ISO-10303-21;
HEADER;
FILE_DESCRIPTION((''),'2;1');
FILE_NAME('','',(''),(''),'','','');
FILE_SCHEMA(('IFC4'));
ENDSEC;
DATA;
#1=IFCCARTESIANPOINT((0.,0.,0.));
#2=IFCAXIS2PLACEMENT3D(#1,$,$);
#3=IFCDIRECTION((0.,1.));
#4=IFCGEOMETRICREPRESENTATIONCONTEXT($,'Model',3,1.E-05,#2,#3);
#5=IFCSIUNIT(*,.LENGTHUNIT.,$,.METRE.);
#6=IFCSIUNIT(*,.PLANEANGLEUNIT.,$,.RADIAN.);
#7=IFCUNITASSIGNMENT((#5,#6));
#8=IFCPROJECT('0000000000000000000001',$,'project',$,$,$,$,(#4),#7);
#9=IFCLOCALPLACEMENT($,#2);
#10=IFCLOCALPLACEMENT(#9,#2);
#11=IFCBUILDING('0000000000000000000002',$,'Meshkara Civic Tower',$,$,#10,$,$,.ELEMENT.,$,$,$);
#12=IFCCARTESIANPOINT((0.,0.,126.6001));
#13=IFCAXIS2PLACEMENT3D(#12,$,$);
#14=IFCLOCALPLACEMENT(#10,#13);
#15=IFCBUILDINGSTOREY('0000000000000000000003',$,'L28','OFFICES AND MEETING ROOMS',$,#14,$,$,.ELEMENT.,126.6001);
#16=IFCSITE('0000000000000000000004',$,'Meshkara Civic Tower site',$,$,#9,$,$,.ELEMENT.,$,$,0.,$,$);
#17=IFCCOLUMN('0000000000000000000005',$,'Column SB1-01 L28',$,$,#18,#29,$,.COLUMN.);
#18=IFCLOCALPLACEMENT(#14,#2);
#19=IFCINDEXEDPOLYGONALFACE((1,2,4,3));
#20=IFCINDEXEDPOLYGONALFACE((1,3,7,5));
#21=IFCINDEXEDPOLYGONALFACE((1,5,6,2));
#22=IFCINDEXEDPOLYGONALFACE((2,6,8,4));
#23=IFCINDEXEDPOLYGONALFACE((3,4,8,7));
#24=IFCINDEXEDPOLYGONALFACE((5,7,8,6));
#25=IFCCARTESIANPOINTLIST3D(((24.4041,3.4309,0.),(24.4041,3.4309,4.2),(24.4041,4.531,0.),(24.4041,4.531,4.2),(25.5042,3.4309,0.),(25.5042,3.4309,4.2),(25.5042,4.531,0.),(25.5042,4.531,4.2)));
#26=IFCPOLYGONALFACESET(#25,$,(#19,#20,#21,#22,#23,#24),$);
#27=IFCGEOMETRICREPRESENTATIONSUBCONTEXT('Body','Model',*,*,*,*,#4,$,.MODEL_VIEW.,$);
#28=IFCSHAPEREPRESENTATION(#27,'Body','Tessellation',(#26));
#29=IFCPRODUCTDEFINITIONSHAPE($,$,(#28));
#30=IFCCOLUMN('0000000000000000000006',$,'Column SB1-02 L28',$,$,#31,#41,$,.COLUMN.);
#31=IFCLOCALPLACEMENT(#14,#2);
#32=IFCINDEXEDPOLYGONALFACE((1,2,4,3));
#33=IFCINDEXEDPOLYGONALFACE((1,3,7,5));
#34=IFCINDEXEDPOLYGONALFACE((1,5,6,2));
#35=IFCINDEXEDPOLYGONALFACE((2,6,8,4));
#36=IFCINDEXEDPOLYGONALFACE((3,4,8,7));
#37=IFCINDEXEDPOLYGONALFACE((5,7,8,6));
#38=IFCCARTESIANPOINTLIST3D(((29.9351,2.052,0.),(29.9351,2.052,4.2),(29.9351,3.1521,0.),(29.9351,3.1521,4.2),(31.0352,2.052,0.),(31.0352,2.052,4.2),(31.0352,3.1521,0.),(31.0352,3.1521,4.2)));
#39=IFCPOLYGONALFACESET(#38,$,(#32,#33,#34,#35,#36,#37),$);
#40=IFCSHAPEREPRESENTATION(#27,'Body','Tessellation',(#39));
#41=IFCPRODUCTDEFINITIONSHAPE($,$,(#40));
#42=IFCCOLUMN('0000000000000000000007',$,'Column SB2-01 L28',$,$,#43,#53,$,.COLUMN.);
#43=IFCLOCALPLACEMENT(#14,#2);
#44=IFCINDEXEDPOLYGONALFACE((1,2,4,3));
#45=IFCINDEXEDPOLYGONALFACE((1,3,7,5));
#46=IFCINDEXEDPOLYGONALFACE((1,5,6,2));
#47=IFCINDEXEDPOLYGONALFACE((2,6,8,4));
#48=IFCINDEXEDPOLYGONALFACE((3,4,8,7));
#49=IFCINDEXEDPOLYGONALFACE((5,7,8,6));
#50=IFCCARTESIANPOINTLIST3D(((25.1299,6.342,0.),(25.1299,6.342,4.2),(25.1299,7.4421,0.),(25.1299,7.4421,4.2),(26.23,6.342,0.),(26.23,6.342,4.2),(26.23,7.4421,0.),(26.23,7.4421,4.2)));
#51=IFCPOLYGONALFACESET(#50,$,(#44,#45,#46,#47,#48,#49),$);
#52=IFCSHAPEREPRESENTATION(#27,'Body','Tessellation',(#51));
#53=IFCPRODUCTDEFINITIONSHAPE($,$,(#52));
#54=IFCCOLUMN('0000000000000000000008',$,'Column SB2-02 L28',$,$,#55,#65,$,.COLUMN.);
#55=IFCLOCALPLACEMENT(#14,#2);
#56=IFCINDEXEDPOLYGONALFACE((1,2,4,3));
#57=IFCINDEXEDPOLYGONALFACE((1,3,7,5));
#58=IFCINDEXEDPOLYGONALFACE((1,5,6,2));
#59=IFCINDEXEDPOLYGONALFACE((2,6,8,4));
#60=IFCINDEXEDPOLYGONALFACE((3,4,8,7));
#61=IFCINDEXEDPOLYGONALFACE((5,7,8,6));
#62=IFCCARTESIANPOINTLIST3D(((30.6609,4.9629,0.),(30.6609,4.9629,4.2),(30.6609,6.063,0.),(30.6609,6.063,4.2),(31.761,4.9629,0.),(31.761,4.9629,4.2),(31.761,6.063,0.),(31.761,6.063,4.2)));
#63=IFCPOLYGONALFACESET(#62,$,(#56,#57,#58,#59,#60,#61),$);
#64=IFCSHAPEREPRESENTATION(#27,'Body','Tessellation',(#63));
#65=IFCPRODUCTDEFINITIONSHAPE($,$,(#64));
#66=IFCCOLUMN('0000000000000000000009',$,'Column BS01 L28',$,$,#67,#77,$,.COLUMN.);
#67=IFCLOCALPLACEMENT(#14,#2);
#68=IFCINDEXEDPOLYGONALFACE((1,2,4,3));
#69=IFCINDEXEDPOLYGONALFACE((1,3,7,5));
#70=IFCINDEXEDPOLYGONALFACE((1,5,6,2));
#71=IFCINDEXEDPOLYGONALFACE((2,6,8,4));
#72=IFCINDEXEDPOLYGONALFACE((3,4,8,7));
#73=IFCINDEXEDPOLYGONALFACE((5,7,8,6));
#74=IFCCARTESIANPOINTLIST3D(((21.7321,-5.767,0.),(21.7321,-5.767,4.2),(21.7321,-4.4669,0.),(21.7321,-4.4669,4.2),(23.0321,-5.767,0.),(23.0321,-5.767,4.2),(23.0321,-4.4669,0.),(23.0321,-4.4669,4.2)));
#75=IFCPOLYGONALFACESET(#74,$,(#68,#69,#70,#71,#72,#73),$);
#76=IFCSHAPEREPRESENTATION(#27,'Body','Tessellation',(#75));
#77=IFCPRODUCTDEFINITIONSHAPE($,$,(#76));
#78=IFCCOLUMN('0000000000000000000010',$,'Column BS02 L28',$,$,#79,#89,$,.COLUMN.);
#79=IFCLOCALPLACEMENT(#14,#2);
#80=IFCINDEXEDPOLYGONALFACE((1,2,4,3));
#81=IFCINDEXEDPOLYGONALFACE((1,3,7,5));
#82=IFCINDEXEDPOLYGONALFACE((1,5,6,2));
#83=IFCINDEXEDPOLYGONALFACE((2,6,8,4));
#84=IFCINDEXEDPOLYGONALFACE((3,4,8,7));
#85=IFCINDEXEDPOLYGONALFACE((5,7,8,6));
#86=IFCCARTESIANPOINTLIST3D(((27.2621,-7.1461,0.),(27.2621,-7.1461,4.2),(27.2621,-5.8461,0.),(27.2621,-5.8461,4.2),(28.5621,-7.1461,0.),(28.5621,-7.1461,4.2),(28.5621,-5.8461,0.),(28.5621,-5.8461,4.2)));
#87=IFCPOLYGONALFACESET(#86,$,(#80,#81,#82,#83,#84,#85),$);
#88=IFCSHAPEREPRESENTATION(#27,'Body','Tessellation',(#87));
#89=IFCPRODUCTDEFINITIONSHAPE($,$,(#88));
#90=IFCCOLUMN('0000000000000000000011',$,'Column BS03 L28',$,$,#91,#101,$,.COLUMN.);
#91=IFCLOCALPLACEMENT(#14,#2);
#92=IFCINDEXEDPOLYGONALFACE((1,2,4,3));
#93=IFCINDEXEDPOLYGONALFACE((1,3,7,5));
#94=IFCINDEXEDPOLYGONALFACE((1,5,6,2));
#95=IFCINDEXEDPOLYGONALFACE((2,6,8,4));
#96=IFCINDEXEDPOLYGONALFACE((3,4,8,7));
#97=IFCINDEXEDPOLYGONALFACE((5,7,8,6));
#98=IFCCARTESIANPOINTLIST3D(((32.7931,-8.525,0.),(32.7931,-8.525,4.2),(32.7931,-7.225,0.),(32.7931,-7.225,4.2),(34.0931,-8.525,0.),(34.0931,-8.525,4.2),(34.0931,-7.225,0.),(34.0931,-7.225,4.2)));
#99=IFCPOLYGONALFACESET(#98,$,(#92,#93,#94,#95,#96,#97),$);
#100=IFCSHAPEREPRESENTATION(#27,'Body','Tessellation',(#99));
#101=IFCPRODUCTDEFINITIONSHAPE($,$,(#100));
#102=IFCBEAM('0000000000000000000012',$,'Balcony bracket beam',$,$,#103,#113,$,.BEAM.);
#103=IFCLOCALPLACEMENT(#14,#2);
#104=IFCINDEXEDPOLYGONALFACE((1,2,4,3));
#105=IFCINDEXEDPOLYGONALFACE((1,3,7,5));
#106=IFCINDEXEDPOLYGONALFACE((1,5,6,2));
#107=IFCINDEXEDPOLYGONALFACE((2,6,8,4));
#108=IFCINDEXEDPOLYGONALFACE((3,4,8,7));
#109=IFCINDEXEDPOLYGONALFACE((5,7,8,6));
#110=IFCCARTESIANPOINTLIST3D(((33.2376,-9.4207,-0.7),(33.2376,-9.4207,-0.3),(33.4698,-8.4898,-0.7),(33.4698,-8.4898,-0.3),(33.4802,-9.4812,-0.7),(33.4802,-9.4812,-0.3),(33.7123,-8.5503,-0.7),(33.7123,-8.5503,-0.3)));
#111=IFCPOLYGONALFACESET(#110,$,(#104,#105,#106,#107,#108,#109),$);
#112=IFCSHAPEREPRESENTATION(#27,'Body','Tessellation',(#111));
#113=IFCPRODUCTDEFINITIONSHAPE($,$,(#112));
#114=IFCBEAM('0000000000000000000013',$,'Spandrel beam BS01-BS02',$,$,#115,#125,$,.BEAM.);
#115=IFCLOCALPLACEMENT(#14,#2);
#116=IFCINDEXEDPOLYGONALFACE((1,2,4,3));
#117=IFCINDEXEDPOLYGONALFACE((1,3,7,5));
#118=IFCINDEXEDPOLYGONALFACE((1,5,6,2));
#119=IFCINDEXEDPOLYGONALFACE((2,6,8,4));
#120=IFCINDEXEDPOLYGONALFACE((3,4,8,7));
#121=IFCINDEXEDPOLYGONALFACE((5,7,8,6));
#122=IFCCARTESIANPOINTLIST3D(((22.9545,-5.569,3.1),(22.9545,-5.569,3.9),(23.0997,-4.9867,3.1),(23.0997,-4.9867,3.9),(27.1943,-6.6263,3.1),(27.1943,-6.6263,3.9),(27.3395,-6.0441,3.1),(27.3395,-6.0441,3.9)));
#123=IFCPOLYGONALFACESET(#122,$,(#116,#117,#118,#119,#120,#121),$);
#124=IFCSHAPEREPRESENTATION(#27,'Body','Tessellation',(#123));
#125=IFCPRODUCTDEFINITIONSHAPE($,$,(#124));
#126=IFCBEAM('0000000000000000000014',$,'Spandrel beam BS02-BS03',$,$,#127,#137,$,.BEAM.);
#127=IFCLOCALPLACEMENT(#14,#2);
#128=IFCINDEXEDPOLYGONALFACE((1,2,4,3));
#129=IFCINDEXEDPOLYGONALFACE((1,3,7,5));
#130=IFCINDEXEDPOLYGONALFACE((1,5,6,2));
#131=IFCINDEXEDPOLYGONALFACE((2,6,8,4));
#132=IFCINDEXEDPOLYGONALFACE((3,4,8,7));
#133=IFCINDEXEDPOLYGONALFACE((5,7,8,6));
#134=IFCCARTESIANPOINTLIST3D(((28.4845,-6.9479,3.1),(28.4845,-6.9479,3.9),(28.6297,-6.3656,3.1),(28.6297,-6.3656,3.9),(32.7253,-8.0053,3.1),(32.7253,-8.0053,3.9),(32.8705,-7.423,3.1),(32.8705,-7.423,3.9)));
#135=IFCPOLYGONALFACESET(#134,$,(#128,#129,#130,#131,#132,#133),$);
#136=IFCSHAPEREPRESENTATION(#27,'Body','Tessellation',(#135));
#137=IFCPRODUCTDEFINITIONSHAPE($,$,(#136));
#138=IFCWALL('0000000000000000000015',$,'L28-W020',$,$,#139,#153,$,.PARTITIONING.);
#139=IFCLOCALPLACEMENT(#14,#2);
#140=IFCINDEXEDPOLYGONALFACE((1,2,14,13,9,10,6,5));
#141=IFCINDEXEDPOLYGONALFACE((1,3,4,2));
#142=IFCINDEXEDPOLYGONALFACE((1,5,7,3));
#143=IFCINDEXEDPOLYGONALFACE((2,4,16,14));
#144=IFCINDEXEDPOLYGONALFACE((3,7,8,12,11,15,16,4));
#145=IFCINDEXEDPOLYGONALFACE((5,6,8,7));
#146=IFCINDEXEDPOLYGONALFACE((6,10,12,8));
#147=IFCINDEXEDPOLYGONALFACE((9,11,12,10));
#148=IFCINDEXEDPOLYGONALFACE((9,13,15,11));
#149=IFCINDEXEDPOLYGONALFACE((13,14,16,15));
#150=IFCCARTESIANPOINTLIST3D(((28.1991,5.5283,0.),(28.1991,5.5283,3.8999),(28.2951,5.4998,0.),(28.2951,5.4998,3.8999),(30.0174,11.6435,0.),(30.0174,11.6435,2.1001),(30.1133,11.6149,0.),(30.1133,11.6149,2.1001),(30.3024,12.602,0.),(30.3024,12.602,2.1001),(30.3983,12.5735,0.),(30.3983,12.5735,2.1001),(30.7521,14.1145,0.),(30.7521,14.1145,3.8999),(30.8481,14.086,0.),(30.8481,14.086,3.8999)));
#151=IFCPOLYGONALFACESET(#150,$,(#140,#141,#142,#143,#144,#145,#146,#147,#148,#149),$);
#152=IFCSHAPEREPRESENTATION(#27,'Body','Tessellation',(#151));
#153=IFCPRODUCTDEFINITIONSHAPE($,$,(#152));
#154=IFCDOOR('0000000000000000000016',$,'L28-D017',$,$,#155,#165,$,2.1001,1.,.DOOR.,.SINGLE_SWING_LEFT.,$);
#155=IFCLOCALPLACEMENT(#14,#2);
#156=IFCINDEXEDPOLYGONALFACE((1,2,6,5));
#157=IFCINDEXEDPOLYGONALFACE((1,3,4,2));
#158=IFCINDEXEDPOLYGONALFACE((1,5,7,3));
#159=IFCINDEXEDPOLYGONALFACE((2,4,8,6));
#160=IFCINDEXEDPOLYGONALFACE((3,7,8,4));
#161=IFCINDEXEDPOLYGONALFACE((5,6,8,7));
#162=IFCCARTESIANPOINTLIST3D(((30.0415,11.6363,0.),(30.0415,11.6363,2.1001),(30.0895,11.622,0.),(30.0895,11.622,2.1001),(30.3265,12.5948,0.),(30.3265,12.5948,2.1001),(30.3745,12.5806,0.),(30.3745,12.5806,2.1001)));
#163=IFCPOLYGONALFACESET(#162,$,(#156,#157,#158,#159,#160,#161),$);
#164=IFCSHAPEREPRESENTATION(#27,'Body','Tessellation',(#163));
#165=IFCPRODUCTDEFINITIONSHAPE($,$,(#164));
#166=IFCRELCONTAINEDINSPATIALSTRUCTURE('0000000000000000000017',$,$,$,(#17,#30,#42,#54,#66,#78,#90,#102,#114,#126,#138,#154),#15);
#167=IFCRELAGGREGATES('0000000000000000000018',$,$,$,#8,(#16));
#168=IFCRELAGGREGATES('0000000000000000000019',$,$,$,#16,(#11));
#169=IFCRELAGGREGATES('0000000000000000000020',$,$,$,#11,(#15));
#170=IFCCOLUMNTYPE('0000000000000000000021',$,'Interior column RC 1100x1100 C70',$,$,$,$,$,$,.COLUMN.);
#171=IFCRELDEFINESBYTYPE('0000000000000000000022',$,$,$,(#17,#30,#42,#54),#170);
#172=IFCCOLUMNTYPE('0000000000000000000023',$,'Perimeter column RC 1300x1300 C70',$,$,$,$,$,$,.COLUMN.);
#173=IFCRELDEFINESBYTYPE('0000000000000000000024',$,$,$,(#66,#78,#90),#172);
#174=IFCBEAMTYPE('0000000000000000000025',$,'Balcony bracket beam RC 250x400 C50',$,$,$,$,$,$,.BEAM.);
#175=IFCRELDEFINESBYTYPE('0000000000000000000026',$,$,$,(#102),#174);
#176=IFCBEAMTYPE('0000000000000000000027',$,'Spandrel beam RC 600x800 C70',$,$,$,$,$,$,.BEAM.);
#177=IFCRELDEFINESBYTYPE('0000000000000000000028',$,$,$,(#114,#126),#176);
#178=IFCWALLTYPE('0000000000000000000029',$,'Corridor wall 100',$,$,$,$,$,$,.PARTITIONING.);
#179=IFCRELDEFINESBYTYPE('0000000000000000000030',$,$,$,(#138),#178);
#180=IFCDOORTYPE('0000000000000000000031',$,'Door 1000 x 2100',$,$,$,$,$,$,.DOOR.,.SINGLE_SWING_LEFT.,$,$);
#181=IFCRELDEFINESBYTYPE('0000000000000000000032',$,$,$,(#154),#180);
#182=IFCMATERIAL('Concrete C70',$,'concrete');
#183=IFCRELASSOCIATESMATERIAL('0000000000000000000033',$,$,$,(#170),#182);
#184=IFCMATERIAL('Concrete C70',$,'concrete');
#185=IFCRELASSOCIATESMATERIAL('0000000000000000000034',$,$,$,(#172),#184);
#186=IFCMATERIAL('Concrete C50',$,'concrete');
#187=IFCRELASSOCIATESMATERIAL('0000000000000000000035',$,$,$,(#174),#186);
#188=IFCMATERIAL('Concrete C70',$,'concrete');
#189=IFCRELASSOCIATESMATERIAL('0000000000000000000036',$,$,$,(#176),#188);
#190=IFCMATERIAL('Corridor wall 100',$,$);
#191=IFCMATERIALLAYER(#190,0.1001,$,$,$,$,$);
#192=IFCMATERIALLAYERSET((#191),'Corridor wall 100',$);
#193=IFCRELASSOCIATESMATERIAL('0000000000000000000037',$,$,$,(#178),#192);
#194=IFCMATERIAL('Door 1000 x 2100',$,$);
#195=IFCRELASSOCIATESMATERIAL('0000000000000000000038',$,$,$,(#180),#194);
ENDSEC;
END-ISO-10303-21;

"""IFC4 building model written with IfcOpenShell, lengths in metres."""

from ifc_helpers import new_model, si_unit, direction, frame, frame_2d, origin, origin_2d, place, context, subcontext, project, spatial, rectangle, extrude, material, layer, layer_set, material_profile, profile_set, type_object, element, fill, save


model = new_model("IFC4")

# Units and contexts
model_context = context("Model", 3, precision=1e-05, world=origin(), true_north=direction((0.0, 1.0)))
body_context = subcontext(model_context, "Body", "Model", "MODEL_VIEW")
ifc_project = project(units=[si_unit("LENGTHUNIT", "METRE"), si_unit("PLANEANGLEUNIT", "RADIAN")], contexts=[model_context])

# Site, building, storey
site_placement = place(None, origin())
site = spatial("IfcSite", under=ifc_project, at=site_placement, Name="Meshkara Civic Tower site", CompositionType="ELEMENT", RefElevation=0.0)
building_placement = place(site_placement, origin())
building = spatial("IfcBuilding", under=site, at=building_placement, Name="Meshkara Civic Tower", CompositionType="ELEMENT")
storey_placement = place(building_placement, frame((0.0, 0.0, 126.6001)))
storey = spatial("IfcBuildingStorey", under=building, at=storey_placement, Name="L28", Description="OFFICES AND MEETING ROOMS", CompositionType="ELEMENT", Elevation=126.6001)

# Columns
ifc_material_1 = material(Name="Concrete C70", Category="concrete")
ifc_material_profile_1 = material_profile(ifc_material_1, rectangle(XDim=1.1001, YDim=1.1001, at=origin_2d()))
ifc_profile_set_1 = profile_set([ifc_material_profile_1], Name="Concrete C70")
column_type_1 = type_object("IfcColumnType", Name="Interior column RC 1100x1100 C70", PredefinedType="COLUMN", material=ifc_profile_set_1)
for number, where, z_axis, x_axis, name in (
    (1, (24.9541, 3.981, 0.0), (0.0, 0.0, 1.0), (1.0, 0.0, 0.0), "Column SB1-01 L28"),
    (2, (30.4851, 2.6021, 0.0), (0.0, 0.0, 1.0), (1.0, 0.0, 0.0), "Column SB1-02 L28"),
    (3, (25.6799, 6.8921, 0.0), (0.0, 0.0, 1.0), (1.0, 0.0, 0.0), "Column SB2-01 L28"),
    (4, (31.2109, 5.5129, 0.0), (0.0, 0.0, 1.0), (1.0, 0.0, 0.0), "Column SB2-02 L28"),
):
    element("IfcColumn", number, at=place(storey_placement, frame(where, z_axis=z_axis, x_axis=x_axis)), inside=storey, type_object=column_type_1, Name=name, PredefinedType="COLUMN", context=body_context, shape_type="SweptSolid", body=[
        extrude(rectangle(XDim=1.1001, YDim=1.1001, at=origin_2d()), origin(), (0.0, 0.0, 1.0), 4.2),
    ])
ifc_material_2 = material(Name="Concrete C70", Category="concrete")
ifc_material_profile_2 = material_profile(ifc_material_2, rectangle(XDim=1.3, YDim=1.3, at=origin_2d()))
ifc_profile_set_2 = profile_set([ifc_material_profile_2], Name="Concrete C70")
column_type_2 = type_object("IfcColumnType", Name="Perimeter column RC 1300x1300 C70", PredefinedType="COLUMN", material=ifc_profile_set_2)
for number, where, z_axis, x_axis, name in (
    (5, (22.3821, -5.1169, 0.0), (0.0, 0.0, 1.0), (1.0, 0.0, 0.0), "Column BS01 L28"),
    (6, (27.9121, -6.4961, 0.0), (0.0, 0.0, 1.0), (1.0, 0.0, 0.0), "Column BS02 L28"),
    (7, (33.4431, -7.875, 0.0), (0.0, 0.0, 1.0), (1.0, 0.0, 0.0), "Column BS03 L28"),
):
    element("IfcColumn", number, at=place(storey_placement, frame(where, z_axis=z_axis, x_axis=x_axis)), inside=storey, type_object=column_type_2, Name=name, PredefinedType="COLUMN", context=body_context, shape_type="SweptSolid", body=[
        extrude(rectangle(XDim=1.3, YDim=1.3, at=origin_2d()), origin(), (0.0, 0.0, 1.0), 4.2),
    ])

# Beams
ifc_material_3 = material(Name="Concrete C50", Category="concrete")
ifc_material_profile_3 = material_profile(ifc_material_3, rectangle(XDim=0.25, YDim=0.3999, at=origin_2d()))
ifc_profile_set_3 = profile_set([ifc_material_profile_3], Name="Concrete C50")
beam_type_1 = type_object("IfcBeamType", Name="Balcony bracket beam RC 250x400 C50", PredefinedType="BEAM", material=ifc_profile_set_3)
beam_1_placement = place(storey_placement, frame((33.5911, -8.52, -0.5), z_axis=(-0.241997, -0.970277, 0.0), x_axis=(0.970277, -0.241997, 0.0)))
element("IfcBeam", 8, at=beam_1_placement, inside=storey, type_object=beam_type_1, Name="Balcony bracket beam", PredefinedType="BEAM", context=body_context, shape_type="SweptSolid", body=[
    extrude(rectangle(XDim=0.25, YDim=0.3999, at=origin_2d()), origin(), (0.0, 0.0, 1.0), 0.9595),
])
ifc_material_4 = material(Name="Concrete C70", Category="concrete")
ifc_material_profile_4 = material_profile(ifc_material_4, rectangle(XDim=0.6001, YDim=0.8, at=origin_2d()))
ifc_profile_set_4 = profile_set([ifc_material_profile_4], Name="Concrete C70")
beam_type_2 = type_object("IfcBeamType", Name="Spandrel beam RC 600x800 C70", PredefinedType="BEAM", material=ifc_profile_set_4)
beam_2_placement = place(storey_placement, frame((23.0271, -5.2778, 3.5), z_axis=(0.97028, -0.241983, 0.0), x_axis=(0.241983, 0.97028, 0.0)))
element("IfcBeam", 9, at=beam_2_placement, inside=storey, type_object=beam_type_2, Name="Spandrel beam BS01-BS02", PredefinedType="BEAM", context=body_context, shape_type="SweptSolid", body=[
    extrude(rectangle(XDim=0.6001, YDim=0.8, at=origin_2d()), origin(), (0.0, 0.0, 1.0), 4.3696),
])
beam_3_placement = place(storey_placement, frame((28.5571, -6.6567, 3.5), z_axis=(0.970293, -0.241931, 0.0), x_axis=(0.241931, 0.970293, 0.0)))
element("IfcBeam", 10, at=beam_3_placement, inside=storey, type_object=beam_type_2, Name="Spandrel beam BS02-BS03", PredefinedType="BEAM", context=body_context, shape_type="SweptSolid", body=[
    extrude(rectangle(XDim=0.6001, YDim=0.8, at=origin_2d()), origin(), (0.0, 0.0, 1.0), 4.3706),
])

# Wall, opening, door
ifc_material_5 = material(Name="Corridor wall 100")
ifc_layer_1 = layer(ifc_material_5, 0.1001)
ifc_layer_set_1 = layer_set([ifc_layer_1], Name="Corridor wall 100")
wall_type_1 = type_object("IfcWallType", Name="Corridor wall 100", PredefinedType="PARTITIONING", material=ifc_layer_set_1)
wall_1_placement = place(storey_placement, frame((28.2471, 5.5139, 0.0), z_axis=(0.0, 0.0, 1.0), x_axis=(0.285004, 0.958526, 0.0)))
wall_1 = element("IfcWall", 11, at=wall_1_placement, inside=storey, type_object=wall_type_1, Name="L28-W020", PredefinedType="PARTITIONING", context=body_context, shape_type="SweptSolid", body=[
    extrude(rectangle(XDim=8.9578, YDim=0.1001, at=frame_2d((4.479, 0.0))), origin(), (0.0, 0.0, 1.0), 3.8999),
])
opening_1_placement = place(wall_1_placement, frame((6.3799, 0.0, 0.0)))
opening_1 = element("IfcOpeningElement", 12, at=opening_1_placement, cuts=wall_1, PredefinedType="OPENING", context=body_context, shape_type="SweptSolid", body=[
    extrude(rectangle(XDim=1.0, YDim=2.1001, at=frame_2d((0.5, 1.05))), frame((0.0, 0.0601, 0.0), z_axis=(0.0, -1.0, 0.0), x_axis=(1.0, 0.0, 0.0)), (0.0, 0.0, 1.0), 0.1201),
])
ifc_material_6 = material(Name="Door 1000 x 2100")
door_type_1 = type_object("IfcDoorType", Name="Door 1000 x 2100", OperationType="SINGLE_SWING_LEFT", PredefinedType="DOOR", material=ifc_material_6)
door_1_placement = place(opening_1_placement, origin())
door_1 = element("IfcDoor", 13, at=door_1_placement, inside=storey, type_object=door_type_1, Name="L28-D017", OperationType="SINGLE_SWING_LEFT", OverallHeight=2.1001, OverallWidth=1.0, PredefinedType="DOOR", context=body_context, shape_type="SweptSolid", body=[
    extrude(rectangle(XDim=1.0, YDim=2.1001, at=frame_2d((0.5, 1.05))), frame((0.0, 0.0249, 0.0), z_axis=(0.0, -1.0, 0.0), x_axis=(1.0, 0.0, 0.0)), (0.0, 0.0, 1.0), 0.05),
])
fill(opening_1, door_1)

save(model, "model.ifc")
